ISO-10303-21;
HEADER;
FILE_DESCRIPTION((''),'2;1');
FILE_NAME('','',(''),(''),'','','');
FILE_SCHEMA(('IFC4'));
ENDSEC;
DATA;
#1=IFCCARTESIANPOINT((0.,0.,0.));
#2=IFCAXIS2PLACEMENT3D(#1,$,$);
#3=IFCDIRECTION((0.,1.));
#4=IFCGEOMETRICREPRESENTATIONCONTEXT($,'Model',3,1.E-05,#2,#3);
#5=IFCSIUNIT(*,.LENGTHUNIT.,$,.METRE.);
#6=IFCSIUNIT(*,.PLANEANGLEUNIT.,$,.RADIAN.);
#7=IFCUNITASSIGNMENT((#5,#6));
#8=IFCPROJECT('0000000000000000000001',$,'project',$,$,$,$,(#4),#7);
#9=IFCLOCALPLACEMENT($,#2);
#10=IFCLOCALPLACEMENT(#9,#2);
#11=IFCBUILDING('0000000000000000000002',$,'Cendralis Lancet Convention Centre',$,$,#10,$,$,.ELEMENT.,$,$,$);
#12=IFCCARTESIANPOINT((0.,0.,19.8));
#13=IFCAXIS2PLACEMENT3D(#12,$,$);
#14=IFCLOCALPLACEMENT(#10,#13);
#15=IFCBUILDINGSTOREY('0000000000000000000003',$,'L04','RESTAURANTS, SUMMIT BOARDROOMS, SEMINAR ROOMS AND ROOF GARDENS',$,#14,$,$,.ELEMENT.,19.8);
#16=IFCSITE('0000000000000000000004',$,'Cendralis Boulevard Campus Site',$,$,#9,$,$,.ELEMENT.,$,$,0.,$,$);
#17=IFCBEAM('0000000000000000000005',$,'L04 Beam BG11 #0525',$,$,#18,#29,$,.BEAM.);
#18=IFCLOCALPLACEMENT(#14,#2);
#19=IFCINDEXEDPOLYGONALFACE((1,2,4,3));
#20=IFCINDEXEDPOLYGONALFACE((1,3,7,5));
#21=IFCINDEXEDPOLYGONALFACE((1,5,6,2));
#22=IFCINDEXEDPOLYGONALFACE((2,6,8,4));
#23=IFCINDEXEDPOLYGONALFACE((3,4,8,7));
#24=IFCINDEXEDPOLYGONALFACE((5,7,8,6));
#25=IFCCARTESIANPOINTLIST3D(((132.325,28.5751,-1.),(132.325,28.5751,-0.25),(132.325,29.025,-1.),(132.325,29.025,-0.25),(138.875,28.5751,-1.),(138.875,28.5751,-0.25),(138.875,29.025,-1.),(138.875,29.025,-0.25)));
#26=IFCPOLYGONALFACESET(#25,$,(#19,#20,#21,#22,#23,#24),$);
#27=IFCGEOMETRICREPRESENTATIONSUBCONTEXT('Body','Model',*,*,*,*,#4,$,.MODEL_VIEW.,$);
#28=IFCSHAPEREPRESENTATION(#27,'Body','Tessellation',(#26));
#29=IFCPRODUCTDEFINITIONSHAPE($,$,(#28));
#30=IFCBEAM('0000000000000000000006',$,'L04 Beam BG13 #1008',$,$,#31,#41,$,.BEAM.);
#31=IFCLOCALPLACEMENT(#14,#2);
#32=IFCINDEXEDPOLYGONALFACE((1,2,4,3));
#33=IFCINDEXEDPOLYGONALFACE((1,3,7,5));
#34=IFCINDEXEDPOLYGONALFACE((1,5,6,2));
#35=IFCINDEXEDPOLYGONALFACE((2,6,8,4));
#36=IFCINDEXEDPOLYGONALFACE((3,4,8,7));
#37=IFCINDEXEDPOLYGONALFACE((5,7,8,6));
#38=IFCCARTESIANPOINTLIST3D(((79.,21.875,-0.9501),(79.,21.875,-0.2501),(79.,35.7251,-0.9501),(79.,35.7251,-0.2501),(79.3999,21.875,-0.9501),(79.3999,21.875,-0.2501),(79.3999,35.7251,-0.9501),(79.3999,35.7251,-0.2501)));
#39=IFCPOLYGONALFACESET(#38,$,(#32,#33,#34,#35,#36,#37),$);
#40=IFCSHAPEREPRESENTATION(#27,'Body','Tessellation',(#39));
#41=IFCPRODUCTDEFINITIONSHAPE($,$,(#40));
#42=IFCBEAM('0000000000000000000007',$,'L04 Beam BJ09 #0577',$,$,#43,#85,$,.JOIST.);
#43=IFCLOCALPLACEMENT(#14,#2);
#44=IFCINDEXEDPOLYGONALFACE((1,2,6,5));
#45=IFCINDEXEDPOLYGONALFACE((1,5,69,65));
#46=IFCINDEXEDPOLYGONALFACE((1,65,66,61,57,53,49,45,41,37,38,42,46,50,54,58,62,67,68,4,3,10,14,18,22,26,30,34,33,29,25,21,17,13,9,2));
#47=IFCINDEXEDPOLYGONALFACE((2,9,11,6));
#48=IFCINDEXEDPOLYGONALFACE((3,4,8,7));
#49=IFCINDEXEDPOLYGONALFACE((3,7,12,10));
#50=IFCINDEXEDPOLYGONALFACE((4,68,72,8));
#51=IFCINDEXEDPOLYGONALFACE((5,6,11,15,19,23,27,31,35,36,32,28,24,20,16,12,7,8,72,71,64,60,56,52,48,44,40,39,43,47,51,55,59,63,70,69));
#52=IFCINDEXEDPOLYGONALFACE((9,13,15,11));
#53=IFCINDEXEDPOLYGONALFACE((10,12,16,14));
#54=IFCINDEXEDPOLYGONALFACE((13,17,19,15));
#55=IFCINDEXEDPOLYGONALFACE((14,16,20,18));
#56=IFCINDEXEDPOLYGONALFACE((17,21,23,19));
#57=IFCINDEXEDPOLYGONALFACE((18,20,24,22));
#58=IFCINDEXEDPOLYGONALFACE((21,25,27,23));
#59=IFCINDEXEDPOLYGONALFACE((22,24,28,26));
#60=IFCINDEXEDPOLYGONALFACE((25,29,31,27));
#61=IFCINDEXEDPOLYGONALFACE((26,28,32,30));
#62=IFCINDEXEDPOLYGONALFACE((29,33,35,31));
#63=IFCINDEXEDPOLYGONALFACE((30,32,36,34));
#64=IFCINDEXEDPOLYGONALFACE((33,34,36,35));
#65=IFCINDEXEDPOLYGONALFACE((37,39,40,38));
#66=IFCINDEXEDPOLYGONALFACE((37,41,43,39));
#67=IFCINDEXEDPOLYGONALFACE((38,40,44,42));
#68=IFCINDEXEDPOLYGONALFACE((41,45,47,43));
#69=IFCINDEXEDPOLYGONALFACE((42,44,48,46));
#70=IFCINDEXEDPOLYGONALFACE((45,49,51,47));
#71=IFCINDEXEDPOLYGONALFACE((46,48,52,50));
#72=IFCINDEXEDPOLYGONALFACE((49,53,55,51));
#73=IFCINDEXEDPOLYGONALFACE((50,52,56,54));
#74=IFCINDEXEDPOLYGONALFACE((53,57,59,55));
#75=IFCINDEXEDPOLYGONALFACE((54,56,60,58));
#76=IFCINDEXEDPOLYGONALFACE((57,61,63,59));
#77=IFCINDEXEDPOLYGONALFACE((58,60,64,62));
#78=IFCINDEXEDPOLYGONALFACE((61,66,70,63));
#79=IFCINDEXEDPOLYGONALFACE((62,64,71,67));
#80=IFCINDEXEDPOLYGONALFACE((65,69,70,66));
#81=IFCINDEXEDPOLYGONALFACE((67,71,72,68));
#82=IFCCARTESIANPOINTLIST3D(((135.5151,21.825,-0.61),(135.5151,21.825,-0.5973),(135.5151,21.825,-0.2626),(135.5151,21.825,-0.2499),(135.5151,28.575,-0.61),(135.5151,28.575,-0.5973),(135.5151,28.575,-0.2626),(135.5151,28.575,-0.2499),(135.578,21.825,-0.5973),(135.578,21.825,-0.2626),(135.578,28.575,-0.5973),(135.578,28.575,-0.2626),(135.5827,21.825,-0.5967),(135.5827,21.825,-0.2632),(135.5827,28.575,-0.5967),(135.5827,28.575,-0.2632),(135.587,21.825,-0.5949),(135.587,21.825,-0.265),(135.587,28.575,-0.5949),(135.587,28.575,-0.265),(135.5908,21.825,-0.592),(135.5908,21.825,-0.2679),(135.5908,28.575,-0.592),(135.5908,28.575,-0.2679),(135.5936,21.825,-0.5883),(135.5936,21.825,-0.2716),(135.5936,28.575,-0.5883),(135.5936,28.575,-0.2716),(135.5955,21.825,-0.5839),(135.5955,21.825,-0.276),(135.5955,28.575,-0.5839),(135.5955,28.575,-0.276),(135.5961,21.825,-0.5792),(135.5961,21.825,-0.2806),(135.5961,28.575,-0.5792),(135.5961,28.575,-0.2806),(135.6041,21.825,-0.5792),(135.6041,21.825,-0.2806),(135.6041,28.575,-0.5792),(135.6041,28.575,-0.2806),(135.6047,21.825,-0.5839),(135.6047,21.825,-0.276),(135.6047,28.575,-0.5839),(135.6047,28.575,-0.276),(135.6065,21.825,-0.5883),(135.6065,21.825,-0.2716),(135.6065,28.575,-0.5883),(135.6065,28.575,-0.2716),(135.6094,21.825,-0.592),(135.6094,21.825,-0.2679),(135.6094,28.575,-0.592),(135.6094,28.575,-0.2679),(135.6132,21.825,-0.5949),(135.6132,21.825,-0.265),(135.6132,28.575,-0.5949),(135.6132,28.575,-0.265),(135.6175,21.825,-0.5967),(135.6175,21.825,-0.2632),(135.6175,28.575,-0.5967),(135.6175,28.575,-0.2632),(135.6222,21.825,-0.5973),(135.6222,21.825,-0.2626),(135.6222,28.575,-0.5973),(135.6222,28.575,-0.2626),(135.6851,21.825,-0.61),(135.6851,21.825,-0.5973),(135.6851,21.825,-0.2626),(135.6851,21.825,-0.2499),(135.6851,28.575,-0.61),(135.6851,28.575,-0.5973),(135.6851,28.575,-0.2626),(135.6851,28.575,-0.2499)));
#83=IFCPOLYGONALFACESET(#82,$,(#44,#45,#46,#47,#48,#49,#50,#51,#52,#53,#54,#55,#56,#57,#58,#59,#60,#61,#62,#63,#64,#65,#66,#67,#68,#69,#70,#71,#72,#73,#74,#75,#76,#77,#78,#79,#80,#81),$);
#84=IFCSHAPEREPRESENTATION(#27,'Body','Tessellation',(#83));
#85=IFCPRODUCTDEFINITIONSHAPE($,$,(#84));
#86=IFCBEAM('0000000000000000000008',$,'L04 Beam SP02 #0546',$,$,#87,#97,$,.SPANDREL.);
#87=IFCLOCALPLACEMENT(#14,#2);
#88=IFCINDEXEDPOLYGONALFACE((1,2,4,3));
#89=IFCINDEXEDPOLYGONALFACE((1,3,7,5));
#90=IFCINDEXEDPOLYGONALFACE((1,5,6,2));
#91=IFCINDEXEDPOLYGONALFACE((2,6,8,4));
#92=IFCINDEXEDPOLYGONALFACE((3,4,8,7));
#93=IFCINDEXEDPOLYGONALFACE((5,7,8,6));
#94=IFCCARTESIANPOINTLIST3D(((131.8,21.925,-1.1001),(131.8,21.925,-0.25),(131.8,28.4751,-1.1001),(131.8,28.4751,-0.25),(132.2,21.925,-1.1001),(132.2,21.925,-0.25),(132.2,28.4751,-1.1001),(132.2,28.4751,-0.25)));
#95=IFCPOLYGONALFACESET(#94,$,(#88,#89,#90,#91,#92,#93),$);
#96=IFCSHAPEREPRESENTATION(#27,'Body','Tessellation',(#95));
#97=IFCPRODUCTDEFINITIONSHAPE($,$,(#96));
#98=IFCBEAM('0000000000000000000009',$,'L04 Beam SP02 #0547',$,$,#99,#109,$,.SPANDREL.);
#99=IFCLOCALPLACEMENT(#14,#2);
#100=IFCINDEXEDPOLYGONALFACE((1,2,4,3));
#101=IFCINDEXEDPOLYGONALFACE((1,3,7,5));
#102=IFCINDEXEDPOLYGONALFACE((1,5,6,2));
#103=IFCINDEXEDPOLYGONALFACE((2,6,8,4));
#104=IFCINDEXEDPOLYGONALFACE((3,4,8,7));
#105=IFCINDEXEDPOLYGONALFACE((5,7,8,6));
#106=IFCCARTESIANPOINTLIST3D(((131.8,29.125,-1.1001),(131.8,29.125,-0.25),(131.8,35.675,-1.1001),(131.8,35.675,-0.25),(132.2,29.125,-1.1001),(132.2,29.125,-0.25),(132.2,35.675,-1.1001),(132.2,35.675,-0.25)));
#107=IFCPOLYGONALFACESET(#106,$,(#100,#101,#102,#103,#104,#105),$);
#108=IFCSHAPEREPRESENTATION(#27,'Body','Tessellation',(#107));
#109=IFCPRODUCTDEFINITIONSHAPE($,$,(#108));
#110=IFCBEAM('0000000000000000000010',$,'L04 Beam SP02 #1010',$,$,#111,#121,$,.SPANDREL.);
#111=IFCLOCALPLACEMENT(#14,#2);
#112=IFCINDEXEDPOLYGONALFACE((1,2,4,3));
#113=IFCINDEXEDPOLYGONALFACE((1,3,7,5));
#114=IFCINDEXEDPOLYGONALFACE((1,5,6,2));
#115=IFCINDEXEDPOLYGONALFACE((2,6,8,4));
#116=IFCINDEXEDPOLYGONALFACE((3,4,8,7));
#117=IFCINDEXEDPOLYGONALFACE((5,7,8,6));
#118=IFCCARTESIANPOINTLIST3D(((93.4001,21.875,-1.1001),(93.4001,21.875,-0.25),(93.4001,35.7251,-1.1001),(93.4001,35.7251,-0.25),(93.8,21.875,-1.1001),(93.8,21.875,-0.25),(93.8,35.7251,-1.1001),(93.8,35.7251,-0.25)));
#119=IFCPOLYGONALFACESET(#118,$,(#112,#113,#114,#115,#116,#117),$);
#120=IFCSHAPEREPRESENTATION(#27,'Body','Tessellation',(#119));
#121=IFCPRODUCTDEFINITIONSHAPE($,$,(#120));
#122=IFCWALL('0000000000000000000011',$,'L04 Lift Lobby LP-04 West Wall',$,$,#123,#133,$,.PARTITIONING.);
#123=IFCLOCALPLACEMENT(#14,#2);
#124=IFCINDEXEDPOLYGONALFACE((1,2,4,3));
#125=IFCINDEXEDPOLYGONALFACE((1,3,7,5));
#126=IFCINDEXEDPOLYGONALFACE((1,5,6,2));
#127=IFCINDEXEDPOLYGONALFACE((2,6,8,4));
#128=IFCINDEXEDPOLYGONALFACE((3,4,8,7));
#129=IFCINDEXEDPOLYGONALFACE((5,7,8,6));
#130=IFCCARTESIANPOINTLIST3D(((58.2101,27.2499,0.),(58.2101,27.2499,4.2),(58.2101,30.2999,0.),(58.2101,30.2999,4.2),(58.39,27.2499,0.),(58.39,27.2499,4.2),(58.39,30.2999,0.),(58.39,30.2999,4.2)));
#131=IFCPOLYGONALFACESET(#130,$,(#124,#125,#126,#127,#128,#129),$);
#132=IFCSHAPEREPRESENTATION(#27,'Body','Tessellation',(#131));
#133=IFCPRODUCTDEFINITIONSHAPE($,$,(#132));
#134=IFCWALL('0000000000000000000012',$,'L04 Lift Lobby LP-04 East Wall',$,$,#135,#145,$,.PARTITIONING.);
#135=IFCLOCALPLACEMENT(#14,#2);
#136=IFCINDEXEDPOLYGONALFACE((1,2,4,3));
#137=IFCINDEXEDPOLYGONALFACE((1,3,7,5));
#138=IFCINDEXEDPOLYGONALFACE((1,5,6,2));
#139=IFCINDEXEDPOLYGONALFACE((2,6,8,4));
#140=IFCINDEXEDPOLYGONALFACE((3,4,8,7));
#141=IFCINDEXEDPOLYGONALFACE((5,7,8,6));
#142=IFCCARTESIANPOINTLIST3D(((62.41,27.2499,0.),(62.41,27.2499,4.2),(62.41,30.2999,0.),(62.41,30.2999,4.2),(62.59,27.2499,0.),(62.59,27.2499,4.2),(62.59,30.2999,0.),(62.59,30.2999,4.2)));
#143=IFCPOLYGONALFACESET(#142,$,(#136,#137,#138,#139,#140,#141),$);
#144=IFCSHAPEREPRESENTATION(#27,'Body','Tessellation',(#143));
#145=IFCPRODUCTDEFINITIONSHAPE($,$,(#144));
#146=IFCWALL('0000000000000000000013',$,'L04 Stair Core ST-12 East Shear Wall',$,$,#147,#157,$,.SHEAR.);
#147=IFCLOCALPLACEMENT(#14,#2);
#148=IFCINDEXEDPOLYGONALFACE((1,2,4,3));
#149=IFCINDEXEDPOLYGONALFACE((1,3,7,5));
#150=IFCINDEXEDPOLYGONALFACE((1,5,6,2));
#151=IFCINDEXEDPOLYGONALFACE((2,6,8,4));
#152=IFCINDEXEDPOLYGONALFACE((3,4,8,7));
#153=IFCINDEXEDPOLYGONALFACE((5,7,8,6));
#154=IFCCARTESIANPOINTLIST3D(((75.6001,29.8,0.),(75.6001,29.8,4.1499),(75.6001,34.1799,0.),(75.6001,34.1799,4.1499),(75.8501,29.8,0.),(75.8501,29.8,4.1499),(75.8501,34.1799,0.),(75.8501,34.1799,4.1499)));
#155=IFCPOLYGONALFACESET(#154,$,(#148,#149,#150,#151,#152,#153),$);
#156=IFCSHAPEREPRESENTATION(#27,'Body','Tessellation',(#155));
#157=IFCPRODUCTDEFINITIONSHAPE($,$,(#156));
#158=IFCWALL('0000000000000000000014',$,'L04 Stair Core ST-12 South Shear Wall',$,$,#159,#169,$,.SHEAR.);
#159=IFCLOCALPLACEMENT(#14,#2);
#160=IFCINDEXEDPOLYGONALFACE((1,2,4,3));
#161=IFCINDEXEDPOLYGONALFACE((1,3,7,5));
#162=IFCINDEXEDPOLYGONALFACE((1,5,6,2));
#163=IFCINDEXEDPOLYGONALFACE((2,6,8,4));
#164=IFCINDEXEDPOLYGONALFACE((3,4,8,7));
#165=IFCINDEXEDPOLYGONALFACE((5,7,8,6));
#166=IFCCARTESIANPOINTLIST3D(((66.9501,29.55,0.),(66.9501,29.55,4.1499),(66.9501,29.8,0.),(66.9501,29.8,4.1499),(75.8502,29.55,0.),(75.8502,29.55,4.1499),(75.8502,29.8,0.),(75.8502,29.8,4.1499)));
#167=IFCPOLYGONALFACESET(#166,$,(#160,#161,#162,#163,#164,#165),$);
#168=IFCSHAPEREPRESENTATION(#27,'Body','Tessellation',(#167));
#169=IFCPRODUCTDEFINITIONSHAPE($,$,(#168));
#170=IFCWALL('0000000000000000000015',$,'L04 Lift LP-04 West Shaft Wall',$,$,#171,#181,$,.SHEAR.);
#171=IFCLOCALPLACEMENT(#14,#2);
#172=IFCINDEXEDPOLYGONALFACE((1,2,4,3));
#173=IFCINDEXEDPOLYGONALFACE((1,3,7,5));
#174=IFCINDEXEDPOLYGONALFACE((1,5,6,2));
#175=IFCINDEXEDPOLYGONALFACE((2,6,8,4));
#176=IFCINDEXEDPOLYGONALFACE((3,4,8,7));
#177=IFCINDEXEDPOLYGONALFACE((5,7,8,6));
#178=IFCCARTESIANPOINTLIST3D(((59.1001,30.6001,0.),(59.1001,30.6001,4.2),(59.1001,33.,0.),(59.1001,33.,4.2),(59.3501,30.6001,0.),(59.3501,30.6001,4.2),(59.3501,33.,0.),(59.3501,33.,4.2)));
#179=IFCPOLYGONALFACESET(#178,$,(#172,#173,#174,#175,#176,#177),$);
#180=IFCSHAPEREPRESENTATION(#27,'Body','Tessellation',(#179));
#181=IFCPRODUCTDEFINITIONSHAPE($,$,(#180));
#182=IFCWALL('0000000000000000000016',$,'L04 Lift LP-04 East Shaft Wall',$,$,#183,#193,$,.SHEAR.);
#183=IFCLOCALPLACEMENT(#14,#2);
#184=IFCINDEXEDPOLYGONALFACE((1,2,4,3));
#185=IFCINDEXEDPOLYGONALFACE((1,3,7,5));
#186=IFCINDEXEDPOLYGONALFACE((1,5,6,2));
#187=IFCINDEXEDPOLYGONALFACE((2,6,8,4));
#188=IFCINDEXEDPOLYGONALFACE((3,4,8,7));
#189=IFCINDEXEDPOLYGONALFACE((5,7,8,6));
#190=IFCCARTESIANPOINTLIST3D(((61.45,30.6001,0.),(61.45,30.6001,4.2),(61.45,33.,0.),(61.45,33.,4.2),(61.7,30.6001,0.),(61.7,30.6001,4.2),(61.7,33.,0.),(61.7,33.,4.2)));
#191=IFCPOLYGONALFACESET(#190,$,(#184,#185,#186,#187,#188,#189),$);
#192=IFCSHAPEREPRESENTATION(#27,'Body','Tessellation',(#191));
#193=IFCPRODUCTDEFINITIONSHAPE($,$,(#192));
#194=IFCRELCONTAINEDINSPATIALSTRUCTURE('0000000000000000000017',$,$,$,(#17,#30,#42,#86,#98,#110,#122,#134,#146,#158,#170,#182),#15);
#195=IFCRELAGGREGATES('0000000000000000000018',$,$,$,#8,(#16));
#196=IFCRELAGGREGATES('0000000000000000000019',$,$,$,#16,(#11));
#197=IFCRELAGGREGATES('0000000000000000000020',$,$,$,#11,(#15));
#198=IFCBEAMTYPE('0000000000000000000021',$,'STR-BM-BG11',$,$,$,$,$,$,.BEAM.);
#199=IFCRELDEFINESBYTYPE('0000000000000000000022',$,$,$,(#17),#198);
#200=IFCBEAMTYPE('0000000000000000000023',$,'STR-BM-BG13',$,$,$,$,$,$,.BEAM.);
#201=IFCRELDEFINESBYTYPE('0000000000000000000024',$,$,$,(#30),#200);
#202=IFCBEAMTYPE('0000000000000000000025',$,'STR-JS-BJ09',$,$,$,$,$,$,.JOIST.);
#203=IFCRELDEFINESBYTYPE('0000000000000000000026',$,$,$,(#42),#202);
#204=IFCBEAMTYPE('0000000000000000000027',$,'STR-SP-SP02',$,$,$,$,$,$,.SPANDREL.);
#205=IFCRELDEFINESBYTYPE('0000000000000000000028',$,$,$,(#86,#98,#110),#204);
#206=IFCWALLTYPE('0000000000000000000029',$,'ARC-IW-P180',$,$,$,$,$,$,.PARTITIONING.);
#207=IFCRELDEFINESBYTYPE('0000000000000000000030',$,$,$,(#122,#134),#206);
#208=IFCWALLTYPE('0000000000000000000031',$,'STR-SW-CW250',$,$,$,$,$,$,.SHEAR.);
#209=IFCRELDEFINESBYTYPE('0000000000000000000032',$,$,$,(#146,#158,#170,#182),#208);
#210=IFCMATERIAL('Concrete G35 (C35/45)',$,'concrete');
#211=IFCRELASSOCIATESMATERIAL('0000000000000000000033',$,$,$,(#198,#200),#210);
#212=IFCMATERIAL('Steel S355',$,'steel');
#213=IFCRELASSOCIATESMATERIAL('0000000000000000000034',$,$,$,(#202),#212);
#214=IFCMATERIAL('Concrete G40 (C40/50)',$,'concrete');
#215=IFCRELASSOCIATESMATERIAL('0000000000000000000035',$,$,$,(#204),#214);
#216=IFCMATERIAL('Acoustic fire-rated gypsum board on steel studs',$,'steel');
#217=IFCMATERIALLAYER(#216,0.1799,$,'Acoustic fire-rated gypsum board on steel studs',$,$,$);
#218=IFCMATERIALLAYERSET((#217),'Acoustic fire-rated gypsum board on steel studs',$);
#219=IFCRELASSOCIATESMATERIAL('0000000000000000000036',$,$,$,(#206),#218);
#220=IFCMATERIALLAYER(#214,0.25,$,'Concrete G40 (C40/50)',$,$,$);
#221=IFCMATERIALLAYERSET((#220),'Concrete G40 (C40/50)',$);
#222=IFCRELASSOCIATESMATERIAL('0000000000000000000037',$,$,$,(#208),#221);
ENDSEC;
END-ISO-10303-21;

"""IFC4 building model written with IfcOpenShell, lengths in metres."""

from ifc_helpers import new_model, si_unit, direction, frame, frame_2d, origin, origin_2d, place, context, subcontext, project, spatial, rectangle, i_section, extrude, material, layer, layer_set, material_profile, profile_set, type_object, element, save


model = new_model("IFC4")

# Units and contexts
model_context = context("Model", 3, precision=1e-05, world=origin(), true_north=direction((0.0, 1.0)))
body_context = subcontext(model_context, "Body", "Model", "MODEL_VIEW")
ifc_project = project(units=[si_unit("LENGTHUNIT", "METRE"), si_unit("PLANEANGLEUNIT", "RADIAN")], contexts=[model_context])

# Site, building, storey
site_placement = place(None, origin())
site = spatial("IfcSite", under=ifc_project, at=site_placement, Name="Cendralis Boulevard Campus Site", CompositionType="ELEMENT", RefElevation=0.0)
building_placement = place(site_placement, origin())
building = spatial("IfcBuilding", under=site, at=building_placement, Name="Cendralis Lancet Convention Centre", CompositionType="ELEMENT")
storey_placement = place(building_placement, frame((0.0, 0.0, 19.8)))
storey = spatial("IfcBuildingStorey", under=building, at=storey_placement, Name="L04", Description="RESTAURANTS, SUMMIT BOARDROOMS, SEMINAR ROOMS AND ROOF GARDENS", CompositionType="ELEMENT", Elevation=19.8)

# Beams
ifc_material_1 = material(Name="Concrete G35 (C35/45)", Category="concrete")
ifc_material_profile_1 = material_profile(ifc_material_1, rectangle(XDim=0.45, YDim=0.75, at=origin_2d()), Name="RCB 450x750")
ifc_profile_set_1 = profile_set([ifc_material_profile_1], Name="Concrete G35 (C35/45)")
beam_type_1 = type_object("IfcBeamType", Name="STR-BM-BG11", PredefinedType="BEAM", material=ifc_profile_set_1)
beam_1_placement = place(storey_placement, frame((132.325, 28.8, -0.625), z_axis=(1.0, 0.0, 0.0), x_axis=(0.0, 1.0, 0.0)))
element("IfcBeam", 1, at=beam_1_placement, inside=storey, type_object=beam_type_1, Name="L04 Beam BG11 #0525", PredefinedType="BEAM", context=body_context, shape_type="SweptSolid", body=[
    extrude(rectangle(XDim=0.45, YDim=0.75, at=origin_2d()), origin(), (0.0, 0.0, 1.0), 6.55),
])
ifc_material_profile_2 = material_profile(ifc_material_1, rectangle(XDim=0.3999, YDim=0.7, at=origin_2d()), Name="RCB 400x700")
ifc_profile_set_2 = profile_set([ifc_material_profile_2], Name="Concrete G35 (C35/45)")
beam_type_2 = type_object("IfcBeamType", Name="STR-BM-BG13", PredefinedType="BEAM", material=ifc_profile_set_2)
beam_2_placement = place(storey_placement, frame((79.2, 21.875, -0.6001), z_axis=(0.0, 1.0, 0.0), x_axis=(-1.0, 0.0, 0.0)))
element("IfcBeam", 2, at=beam_2_placement, inside=storey, type_object=beam_type_2, Name="L04 Beam BG13 #1008", PredefinedType="BEAM", context=body_context, shape_type="SweptSolid", body=[
    extrude(rectangle(XDim=0.3999, YDim=0.7, at=origin_2d()), origin(), (0.0, 0.0, 1.0), 13.8501),
])
ifc_material_2 = material(Name="Steel S355", Category="steel")
ifc_material_profile_3 = material_profile(ifc_material_2, i_section(OverallWidth=0.1699, OverallDepth=0.3601, WebThickness=0.0081, FlangeThickness=0.0127, FilletRadius=0.0181, at=origin_2d()), Name="IPE 360")
ifc_profile_set_3 = profile_set([ifc_material_profile_3], Name="Steel S355")
beam_type_3 = type_object("IfcBeamType", Name="STR-JS-BJ09", PredefinedType="JOIST", material=ifc_profile_set_3)
beam_3_placement = place(storey_placement, frame((135.6001, 21.825, -0.4299), z_axis=(0.0, 1.0, 0.0), x_axis=(-1.0, 0.0, 0.0)))
element("IfcBeam", 3, at=beam_3_placement, inside=storey, type_object=beam_type_3, Name="L04 Beam BJ09 #0577", PredefinedType="JOIST", context=body_context, shape_type="SweptSolid", body=[
    extrude(i_section(OverallWidth=0.1699, OverallDepth=0.3601, WebThickness=0.0081, FlangeThickness=0.0127, FilletRadius=0.0181, at=origin_2d()), origin(), (0.0, 0.0, 1.0), 6.75),
])
ifc_material_3 = material(Name="Concrete G40 (C40/50)", Category="concrete")
ifc_material_profile_4 = material_profile(ifc_material_3, rectangle(XDim=0.3999, YDim=0.8501, at=origin_2d()), Name="RCB 400x850")
ifc_profile_set_4 = profile_set([ifc_material_profile_4], Name="Concrete G40 (C40/50)")
beam_type_4 = type_object("IfcBeamType", Name="STR-SP-SP02", PredefinedType="SPANDREL", material=ifc_profile_set_4)
for number, where, z_axis, x_axis, name in (
    (4, (132.0, 21.925, -0.675), (0.0, 1.0, 0.0), (-1.0, 0.0, 0.0), "L04 Beam SP02 #0546"),
    (5, (132.0, 29.125, -0.675), (0.0, 1.0, 0.0), (-1.0, 0.0, 0.0), "L04 Beam SP02 #0547"),
):
    element("IfcBeam", number, at=place(storey_placement, frame(where, z_axis=z_axis, x_axis=x_axis)), inside=storey, type_object=beam_type_4, Name=name, PredefinedType="SPANDREL", context=body_context, shape_type="SweptSolid", body=[
        extrude(rectangle(XDim=0.3999, YDim=0.8501, at=origin_2d()), origin(), (0.0, 0.0, 1.0), 6.55),
    ])
beam_4_placement = place(storey_placement, frame((93.6001, 21.875, -0.675), z_axis=(0.0, 1.0, 0.0), x_axis=(-1.0, 0.0, 0.0)))
element("IfcBeam", 6, at=beam_4_placement, inside=storey, type_object=beam_type_4, Name="L04 Beam SP02 #1010", PredefinedType="SPANDREL", context=body_context, shape_type="SweptSolid", body=[
    extrude(rectangle(XDim=0.3999, YDim=0.8501, at=origin_2d()), origin(), (0.0, 0.0, 1.0), 13.8501),
])

# Shared definitions
ifc_material_4 = material(Name="Acoustic fire-rated gypsum board on steel studs", Category="steel")
ifc_layer_1 = layer(ifc_material_4, 0.1799, Name="Acoustic fire-rated gypsum board on steel studs")
ifc_layer_set_1 = layer_set([ifc_layer_1], Name="Acoustic fire-rated gypsum board on steel studs")
wall_type_1 = type_object("IfcWallType", Name="ARC-IW-P180", PredefinedType="PARTITIONING", material=ifc_layer_set_1)

# Walls
for number, where, z_axis, x_axis, name in (
    (7, (58.3, 27.25, 0.0), (0.0, 0.0, 1.0), (0.0, 1.0, 0.0), "L04 Lift Lobby LP-04 West Wall"),
    (8, (62.5, 27.25, 0.0), (0.0, 0.0, 1.0), (0.0, 1.0, 0.0), "L04 Lift Lobby LP-04 East Wall"),
):
    element("IfcWall", number, at=place(storey_placement, frame(where, z_axis=z_axis, x_axis=x_axis)), inside=storey, type_object=wall_type_1, Name=name, PredefinedType="PARTITIONING", context=body_context, shape_type="SweptSolid", body=[
        extrude(rectangle(XDim=3.05, YDim=0.1799, at=frame_2d((1.5249, 0.0))), origin(), (0.0, 0.0, 1.0), 4.2),
    ])

# Shared definitions
ifc_layer_2 = layer(ifc_material_3, 0.25, Name="Concrete G40 (C40/50)")
ifc_layer_set_2 = layer_set([ifc_layer_2], Name="Concrete G40 (C40/50)")
wall_type_2 = type_object("IfcWallType", Name="STR-SW-CW250", PredefinedType="SHEAR", material=ifc_layer_set_2)

# Walls
wall_1_placement = place(storey_placement, frame((75.7251, 29.8, 0.0), z_axis=(0.0, 0.0, 1.0), x_axis=(0.0, 1.0, 0.0)))
element("IfcWall", 9, at=wall_1_placement, inside=storey, type_object=wall_type_2, Name="L04 Stair Core ST-12 East Shear Wall", PredefinedType="SHEAR", context=body_context, shape_type="SweptSolid", body=[
    extrude(rectangle(XDim=4.3799, YDim=0.25, at=frame_2d((2.1899, 0.0))), origin(), (0.0, 0.0, 1.0), 4.1499),
])
wall_2_placement = place(storey_placement, frame((66.95, 29.675, 0.0), z_axis=(0.0, 0.0, 1.0), x_axis=(1.0, 0.0, 0.0)))
element("IfcWall", 10, at=wall_2_placement, inside=storey, type_object=wall_type_2, Name="L04 Stair Core ST-12 South Shear Wall", PredefinedType="SHEAR", context=body_context, shape_type="SweptSolid", body=[
    extrude(rectangle(XDim=8.9001, YDim=0.25, at=frame_2d((4.4502, 0.0))), origin(), (0.0, 0.0, 1.0), 4.1499),
])

# Walls
for number, where, z_axis, x_axis, name in (
    (11, (59.2251, 30.6001, 0.0), (0.0, 0.0, 1.0), (0.0, 1.0, 0.0), "L04 Lift LP-04 West Shaft Wall"),
    (12, (61.575, 30.6001, 0.0), (0.0, 0.0, 1.0), (0.0, 1.0, 0.0), "L04 Lift LP-04 East Shaft Wall"),
):
    element("IfcWall", number, at=place(storey_placement, frame(where, z_axis=z_axis, x_axis=x_axis)), inside=storey, type_object=wall_type_2, Name=name, PredefinedType="SHEAR", context=body_context, shape_type="SweptSolid", body=[
        extrude(rectangle(XDim=2.3999, YDim=0.25, at=frame_2d((1.2, 0.0))), origin(), (0.0, 0.0, 1.0), 4.2),
    ])

save(model, "model.ifc")
